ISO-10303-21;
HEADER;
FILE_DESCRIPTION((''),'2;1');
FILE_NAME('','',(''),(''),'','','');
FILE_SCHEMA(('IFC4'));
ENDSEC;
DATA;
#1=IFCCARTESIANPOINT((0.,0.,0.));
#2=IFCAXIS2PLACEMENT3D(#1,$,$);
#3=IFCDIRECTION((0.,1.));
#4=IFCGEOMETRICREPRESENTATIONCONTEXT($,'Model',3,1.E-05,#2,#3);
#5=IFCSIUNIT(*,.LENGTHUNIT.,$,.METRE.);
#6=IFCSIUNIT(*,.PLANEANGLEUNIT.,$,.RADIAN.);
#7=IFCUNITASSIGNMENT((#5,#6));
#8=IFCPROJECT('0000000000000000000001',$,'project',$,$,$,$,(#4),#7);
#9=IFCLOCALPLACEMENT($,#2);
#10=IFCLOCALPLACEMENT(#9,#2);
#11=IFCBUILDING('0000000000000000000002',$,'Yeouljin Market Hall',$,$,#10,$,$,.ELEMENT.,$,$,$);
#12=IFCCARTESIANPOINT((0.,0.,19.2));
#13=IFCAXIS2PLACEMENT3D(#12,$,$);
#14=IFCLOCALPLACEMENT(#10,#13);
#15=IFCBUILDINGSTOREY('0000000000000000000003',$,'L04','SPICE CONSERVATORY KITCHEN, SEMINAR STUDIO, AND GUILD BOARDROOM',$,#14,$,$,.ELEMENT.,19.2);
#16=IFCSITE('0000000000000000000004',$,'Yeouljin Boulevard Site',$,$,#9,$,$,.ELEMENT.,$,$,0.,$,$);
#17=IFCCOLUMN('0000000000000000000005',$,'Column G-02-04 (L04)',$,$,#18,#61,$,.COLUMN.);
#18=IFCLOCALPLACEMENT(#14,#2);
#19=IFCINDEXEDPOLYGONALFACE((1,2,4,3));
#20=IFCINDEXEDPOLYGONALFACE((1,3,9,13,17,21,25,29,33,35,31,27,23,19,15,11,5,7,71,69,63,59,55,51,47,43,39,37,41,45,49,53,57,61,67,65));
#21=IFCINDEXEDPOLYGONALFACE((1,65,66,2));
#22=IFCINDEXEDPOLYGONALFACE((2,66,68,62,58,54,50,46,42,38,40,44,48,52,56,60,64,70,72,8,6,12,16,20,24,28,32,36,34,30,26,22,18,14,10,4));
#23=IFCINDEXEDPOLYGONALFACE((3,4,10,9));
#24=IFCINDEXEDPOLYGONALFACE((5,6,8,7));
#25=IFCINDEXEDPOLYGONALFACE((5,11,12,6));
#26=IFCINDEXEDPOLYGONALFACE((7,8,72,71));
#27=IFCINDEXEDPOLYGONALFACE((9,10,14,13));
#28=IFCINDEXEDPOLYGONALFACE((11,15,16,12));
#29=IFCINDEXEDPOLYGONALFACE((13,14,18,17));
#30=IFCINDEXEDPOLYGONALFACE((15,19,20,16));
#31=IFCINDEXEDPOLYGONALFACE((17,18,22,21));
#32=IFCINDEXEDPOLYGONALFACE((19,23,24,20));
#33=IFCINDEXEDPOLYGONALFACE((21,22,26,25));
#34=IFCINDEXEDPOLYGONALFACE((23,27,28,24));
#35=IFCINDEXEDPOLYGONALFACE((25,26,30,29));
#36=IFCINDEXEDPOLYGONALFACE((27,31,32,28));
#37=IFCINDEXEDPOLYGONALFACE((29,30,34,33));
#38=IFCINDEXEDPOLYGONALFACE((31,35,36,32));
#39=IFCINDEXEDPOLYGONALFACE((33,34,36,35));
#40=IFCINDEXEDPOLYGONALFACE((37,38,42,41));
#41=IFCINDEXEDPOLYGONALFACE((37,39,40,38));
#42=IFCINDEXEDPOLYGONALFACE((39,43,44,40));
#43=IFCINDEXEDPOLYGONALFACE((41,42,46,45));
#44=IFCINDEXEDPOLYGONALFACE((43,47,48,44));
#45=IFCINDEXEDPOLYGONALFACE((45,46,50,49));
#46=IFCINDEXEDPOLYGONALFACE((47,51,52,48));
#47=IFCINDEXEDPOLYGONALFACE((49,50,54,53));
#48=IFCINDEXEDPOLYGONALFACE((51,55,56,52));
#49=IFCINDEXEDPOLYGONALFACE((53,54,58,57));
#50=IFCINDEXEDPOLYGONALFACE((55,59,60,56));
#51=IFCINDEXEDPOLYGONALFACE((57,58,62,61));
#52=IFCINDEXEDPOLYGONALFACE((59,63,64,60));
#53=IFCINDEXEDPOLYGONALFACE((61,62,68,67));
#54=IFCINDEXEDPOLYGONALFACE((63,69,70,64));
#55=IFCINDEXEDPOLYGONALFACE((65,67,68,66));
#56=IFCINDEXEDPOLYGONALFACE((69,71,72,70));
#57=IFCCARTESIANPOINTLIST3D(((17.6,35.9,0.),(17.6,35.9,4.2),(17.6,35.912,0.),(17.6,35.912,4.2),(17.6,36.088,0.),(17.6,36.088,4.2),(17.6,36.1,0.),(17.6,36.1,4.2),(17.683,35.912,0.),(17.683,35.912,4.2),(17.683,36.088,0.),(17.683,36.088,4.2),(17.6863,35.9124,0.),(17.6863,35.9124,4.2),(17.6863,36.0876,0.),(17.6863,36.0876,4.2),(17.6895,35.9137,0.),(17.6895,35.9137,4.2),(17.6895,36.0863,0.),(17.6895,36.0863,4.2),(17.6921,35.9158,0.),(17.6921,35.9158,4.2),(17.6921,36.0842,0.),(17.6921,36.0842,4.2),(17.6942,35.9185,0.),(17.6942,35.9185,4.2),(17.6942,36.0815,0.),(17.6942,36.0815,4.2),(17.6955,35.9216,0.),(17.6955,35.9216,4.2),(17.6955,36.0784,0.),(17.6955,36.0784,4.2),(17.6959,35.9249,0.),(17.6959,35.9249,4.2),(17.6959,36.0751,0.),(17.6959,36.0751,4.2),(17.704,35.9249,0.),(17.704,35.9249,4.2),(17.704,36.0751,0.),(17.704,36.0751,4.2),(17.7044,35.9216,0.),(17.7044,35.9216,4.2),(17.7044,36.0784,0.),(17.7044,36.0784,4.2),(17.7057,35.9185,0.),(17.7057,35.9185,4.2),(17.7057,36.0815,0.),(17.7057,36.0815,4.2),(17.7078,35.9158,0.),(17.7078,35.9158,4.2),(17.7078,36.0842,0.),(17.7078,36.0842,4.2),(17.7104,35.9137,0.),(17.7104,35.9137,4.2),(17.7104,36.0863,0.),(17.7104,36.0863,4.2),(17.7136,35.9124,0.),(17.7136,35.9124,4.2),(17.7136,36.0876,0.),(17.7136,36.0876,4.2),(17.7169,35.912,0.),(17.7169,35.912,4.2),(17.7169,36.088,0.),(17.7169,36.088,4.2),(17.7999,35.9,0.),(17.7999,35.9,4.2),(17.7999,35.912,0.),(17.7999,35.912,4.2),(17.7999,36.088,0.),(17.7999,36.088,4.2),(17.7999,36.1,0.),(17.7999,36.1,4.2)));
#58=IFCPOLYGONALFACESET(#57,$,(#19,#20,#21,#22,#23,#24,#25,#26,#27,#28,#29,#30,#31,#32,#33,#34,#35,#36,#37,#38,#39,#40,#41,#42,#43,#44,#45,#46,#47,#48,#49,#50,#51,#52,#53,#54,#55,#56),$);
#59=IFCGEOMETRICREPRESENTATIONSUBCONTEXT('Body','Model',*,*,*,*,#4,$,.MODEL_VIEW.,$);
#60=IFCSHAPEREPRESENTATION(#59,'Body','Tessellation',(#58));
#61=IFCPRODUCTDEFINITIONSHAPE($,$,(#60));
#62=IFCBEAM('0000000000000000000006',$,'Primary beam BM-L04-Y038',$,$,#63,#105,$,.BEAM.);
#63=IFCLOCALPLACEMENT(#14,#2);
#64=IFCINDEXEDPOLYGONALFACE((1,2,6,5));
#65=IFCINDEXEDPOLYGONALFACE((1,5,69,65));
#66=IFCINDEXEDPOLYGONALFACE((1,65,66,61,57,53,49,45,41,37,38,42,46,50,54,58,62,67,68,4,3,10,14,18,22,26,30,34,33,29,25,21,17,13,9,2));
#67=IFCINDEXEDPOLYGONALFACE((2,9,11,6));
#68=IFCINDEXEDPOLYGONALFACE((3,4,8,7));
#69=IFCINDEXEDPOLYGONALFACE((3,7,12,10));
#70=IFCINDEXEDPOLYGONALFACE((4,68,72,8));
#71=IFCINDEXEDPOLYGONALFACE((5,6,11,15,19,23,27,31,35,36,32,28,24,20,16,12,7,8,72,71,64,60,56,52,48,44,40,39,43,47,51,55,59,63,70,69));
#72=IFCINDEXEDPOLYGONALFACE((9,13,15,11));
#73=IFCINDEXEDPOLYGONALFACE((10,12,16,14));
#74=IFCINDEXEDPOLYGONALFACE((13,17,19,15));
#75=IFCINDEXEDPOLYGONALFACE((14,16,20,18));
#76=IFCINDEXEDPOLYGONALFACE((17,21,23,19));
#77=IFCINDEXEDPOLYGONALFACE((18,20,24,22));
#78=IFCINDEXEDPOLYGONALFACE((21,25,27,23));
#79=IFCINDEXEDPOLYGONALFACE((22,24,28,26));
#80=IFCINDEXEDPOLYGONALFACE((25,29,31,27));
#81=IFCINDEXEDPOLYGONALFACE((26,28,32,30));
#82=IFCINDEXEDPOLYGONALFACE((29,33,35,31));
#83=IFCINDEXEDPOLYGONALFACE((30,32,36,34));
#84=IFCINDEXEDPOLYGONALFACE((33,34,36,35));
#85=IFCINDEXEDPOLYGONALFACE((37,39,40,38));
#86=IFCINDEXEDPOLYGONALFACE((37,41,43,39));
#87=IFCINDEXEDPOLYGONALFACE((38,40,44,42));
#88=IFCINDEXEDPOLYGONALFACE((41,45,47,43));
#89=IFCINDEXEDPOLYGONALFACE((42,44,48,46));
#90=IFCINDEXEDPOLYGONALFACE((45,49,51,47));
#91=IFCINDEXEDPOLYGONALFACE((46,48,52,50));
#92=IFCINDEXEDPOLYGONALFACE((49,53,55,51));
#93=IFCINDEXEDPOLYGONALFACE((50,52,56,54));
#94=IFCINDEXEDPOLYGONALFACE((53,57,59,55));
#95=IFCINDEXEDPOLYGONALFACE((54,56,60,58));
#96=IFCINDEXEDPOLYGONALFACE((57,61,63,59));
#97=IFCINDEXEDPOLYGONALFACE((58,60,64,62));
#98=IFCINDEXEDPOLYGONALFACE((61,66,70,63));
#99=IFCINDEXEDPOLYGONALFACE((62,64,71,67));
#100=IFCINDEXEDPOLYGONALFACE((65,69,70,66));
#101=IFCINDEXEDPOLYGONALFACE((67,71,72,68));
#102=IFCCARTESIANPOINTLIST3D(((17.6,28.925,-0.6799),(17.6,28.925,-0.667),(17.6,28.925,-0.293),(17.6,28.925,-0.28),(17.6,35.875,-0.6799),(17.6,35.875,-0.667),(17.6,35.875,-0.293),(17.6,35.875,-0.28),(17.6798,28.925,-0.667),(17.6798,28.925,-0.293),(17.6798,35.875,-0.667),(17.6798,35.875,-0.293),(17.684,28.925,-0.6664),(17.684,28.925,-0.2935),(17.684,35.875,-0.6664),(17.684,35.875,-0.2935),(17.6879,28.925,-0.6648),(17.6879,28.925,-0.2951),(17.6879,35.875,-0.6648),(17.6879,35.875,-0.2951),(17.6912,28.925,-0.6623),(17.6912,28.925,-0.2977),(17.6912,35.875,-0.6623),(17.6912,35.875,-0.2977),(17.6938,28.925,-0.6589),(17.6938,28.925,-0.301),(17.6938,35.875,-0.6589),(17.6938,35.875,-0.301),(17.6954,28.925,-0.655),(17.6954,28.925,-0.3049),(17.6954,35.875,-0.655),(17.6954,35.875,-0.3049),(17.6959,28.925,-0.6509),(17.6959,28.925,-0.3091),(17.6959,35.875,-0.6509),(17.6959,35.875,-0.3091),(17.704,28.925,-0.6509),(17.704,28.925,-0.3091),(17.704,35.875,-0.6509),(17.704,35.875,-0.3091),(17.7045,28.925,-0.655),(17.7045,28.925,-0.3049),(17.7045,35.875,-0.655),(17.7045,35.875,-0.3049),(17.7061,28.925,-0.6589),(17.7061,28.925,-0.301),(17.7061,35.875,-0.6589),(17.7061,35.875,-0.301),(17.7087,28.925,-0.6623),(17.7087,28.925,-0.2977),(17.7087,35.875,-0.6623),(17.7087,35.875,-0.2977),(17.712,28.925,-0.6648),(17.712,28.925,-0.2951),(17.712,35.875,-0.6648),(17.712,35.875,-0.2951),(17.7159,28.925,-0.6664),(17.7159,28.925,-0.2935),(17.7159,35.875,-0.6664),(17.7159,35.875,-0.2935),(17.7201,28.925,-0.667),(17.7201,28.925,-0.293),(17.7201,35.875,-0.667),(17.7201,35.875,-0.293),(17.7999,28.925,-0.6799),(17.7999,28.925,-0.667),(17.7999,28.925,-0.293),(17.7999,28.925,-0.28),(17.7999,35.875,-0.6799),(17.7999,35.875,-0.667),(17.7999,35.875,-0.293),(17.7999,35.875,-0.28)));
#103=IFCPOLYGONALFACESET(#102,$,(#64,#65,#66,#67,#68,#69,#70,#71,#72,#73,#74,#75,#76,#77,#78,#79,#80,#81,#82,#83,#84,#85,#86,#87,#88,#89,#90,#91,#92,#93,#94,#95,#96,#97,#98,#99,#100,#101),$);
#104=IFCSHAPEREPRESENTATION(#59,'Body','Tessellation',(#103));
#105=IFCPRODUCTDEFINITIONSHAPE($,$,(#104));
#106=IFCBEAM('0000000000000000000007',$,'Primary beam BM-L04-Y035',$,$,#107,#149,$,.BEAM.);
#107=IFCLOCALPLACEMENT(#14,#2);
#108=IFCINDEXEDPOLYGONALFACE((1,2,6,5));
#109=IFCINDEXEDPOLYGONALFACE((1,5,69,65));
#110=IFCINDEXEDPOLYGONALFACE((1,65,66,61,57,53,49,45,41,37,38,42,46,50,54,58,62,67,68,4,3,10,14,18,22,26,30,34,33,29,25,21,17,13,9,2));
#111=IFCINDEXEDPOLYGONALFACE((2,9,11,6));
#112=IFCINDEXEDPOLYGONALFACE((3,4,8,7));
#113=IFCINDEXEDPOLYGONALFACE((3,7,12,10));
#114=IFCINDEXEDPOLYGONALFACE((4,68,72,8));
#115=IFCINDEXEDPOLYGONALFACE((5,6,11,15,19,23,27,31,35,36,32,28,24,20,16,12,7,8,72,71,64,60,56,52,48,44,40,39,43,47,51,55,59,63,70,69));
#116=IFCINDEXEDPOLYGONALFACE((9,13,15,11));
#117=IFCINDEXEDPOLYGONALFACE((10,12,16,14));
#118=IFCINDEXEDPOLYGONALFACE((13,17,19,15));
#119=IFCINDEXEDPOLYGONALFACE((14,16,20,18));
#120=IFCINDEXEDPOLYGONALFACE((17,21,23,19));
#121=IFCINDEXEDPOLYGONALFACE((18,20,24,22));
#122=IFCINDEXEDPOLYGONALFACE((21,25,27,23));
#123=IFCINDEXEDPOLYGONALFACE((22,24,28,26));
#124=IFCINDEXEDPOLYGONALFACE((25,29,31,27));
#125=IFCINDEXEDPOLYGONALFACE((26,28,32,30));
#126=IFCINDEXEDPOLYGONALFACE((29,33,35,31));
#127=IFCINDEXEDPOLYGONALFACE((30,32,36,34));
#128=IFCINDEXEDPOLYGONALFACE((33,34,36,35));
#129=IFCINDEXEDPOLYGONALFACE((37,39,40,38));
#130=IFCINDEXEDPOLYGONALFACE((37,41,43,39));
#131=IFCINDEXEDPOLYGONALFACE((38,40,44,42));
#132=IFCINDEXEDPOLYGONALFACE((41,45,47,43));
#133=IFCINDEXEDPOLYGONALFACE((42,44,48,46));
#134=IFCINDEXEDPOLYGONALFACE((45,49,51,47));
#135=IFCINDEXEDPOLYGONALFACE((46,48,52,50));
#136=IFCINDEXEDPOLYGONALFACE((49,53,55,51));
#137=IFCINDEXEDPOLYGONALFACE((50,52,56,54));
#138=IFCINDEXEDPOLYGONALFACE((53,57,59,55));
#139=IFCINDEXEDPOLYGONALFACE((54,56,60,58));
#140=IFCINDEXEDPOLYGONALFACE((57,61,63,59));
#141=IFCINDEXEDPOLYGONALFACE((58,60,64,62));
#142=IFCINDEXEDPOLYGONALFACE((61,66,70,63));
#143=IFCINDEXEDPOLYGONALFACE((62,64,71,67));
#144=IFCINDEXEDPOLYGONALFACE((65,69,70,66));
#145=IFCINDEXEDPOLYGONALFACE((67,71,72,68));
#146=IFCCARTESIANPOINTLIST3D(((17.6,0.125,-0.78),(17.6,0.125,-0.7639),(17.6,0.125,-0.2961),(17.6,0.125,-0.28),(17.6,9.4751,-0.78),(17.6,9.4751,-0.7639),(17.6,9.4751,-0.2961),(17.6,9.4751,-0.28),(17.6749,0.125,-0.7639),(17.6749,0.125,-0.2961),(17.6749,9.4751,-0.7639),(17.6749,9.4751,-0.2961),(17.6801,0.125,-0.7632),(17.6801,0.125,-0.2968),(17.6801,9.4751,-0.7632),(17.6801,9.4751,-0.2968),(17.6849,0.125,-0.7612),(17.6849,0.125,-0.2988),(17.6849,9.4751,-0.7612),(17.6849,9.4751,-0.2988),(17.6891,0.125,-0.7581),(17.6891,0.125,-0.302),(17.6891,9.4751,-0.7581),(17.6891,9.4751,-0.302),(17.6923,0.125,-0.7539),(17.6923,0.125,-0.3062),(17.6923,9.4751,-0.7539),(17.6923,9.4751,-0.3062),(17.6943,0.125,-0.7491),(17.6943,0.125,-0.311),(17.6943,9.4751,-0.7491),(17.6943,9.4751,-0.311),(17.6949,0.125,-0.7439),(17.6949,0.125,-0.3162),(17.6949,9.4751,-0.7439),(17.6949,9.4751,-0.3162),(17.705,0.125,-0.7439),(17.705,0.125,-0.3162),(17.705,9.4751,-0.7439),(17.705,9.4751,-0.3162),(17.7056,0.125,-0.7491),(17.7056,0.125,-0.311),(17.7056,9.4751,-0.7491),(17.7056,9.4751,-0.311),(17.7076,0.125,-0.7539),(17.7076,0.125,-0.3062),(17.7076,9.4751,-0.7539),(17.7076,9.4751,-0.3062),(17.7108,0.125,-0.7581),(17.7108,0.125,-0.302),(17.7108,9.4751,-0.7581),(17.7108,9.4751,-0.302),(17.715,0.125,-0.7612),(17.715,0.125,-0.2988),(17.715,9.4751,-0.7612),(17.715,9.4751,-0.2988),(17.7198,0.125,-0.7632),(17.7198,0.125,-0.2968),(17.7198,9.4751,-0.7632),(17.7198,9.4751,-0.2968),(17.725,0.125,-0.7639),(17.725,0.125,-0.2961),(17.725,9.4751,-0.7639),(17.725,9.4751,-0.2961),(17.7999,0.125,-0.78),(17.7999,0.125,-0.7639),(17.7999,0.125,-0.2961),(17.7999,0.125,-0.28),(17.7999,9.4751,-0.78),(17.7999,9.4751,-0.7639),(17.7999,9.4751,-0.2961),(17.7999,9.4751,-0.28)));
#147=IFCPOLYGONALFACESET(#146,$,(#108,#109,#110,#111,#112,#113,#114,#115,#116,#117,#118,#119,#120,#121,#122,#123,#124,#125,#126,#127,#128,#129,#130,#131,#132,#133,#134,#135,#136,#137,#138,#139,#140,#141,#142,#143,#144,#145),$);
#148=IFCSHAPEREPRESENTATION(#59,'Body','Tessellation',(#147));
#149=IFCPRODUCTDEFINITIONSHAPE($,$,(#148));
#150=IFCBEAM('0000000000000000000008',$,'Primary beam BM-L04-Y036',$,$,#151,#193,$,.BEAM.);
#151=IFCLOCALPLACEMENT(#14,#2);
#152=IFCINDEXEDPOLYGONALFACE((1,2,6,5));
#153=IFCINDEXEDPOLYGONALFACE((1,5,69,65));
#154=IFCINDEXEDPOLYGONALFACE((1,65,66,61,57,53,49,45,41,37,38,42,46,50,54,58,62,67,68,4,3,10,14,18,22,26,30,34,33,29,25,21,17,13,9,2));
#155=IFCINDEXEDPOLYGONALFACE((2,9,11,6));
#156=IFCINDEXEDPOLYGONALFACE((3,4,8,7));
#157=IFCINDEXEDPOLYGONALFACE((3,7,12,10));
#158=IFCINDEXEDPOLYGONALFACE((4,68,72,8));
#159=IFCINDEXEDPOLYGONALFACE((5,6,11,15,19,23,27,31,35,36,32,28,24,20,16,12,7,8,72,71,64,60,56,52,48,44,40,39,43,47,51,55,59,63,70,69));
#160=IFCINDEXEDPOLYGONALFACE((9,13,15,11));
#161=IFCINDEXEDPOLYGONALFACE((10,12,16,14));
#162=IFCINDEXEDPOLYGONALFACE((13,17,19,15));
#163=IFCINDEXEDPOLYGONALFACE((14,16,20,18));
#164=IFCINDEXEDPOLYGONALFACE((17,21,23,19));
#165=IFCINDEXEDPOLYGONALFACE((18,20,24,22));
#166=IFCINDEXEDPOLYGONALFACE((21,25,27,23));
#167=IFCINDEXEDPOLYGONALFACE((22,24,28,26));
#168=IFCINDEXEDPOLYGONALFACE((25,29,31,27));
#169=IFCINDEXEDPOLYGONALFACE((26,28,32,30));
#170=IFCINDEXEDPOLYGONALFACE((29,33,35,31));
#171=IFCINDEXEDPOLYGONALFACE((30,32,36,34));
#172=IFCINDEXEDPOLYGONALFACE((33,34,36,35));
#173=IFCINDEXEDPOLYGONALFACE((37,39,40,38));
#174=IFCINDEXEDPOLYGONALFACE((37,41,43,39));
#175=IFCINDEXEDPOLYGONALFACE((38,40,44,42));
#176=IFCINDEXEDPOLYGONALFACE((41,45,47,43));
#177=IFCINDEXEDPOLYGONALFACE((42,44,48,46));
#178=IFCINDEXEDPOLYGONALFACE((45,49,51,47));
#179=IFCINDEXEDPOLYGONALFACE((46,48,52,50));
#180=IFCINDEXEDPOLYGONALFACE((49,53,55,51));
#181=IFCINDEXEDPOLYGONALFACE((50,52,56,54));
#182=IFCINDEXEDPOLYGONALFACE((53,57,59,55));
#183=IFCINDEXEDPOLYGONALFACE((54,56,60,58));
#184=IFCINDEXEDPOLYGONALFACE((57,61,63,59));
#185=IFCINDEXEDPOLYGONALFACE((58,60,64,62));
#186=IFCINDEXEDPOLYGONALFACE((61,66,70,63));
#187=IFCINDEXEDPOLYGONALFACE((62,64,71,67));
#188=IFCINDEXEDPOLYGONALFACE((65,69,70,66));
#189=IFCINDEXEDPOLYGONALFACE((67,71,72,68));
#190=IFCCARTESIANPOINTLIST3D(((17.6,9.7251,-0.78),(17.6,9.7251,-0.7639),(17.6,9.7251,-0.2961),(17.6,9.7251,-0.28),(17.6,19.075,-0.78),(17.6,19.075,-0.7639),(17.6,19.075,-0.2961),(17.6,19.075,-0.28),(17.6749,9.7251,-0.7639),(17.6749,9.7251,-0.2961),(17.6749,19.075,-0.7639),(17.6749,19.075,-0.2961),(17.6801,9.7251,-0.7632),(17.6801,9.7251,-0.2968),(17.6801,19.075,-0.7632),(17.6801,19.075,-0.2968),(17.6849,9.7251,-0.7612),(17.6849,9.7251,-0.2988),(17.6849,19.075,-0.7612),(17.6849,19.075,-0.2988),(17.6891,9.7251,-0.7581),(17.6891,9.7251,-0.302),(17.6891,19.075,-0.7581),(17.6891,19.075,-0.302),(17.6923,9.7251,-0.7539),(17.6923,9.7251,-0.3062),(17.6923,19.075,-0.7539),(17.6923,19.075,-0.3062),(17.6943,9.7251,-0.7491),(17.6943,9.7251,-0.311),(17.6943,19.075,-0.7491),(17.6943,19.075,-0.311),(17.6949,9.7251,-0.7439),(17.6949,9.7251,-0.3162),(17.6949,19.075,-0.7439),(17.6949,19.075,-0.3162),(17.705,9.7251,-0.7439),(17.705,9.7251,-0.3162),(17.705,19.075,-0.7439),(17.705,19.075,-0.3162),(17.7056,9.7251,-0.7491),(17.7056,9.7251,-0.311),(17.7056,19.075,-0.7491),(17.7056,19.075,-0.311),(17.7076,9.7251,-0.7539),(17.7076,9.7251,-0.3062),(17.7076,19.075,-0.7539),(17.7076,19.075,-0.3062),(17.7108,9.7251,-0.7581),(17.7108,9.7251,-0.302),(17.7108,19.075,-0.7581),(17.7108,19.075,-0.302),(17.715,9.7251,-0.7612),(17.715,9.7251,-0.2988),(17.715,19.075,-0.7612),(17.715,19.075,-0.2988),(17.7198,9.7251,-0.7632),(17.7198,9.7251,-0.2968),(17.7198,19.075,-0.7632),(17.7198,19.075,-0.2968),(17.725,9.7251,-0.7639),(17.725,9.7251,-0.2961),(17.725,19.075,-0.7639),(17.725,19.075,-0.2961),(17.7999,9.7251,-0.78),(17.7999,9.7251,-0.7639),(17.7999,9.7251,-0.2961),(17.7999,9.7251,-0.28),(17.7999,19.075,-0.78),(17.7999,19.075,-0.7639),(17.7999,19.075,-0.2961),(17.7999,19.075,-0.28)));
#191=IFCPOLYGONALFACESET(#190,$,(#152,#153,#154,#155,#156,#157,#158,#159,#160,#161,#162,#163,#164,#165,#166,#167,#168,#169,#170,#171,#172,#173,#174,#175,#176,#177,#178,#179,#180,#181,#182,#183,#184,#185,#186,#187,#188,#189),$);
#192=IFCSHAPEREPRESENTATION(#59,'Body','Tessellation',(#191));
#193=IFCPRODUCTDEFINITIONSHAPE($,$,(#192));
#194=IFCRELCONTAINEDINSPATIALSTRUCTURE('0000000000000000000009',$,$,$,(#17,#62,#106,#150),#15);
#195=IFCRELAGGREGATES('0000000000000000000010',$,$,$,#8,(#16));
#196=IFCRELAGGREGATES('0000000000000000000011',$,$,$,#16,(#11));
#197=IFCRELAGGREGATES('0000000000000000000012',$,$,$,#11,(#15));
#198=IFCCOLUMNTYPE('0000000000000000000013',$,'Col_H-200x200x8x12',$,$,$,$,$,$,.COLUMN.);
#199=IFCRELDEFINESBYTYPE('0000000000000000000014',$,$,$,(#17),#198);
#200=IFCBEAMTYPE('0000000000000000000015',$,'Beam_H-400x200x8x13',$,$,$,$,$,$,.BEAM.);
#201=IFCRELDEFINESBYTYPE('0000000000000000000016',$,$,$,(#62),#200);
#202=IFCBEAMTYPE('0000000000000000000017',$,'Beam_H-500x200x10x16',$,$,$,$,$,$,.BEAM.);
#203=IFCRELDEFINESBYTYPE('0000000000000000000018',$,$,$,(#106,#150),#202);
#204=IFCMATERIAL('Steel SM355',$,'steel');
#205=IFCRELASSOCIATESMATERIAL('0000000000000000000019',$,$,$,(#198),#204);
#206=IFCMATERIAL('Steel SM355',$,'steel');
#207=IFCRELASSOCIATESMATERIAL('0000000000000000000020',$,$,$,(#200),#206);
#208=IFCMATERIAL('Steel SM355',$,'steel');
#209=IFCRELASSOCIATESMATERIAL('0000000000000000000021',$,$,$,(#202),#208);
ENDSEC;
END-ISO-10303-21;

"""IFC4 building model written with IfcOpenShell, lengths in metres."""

from ifc_helpers import new_model, si_unit, direction, frame, origin, origin_2d, place, context, subcontext, project, spatial, i_section, extrude, material, material_profile, profile_set, type_object, element, save


model = new_model("IFC4")

# Units and contexts
model_context = context("Model", 3, precision=1e-05, world=origin(), true_north=direction((0.0, 1.0)))
body_context = subcontext(model_context, "Body", "Model", "MODEL_VIEW")
ifc_project = project(units=[si_unit("LENGTHUNIT", "METRE"), si_unit("PLANEANGLEUNIT", "RADIAN")], contexts=[model_context])

# Site, building, storey
site_placement = place(None, origin())
site = spatial("IfcSite", under=ifc_project, at=site_placement, Name="Yeouljin Boulevard Site", CompositionType="ELEMENT", RefElevation=0.0)
building_placement = place(site_placement, origin())
building = spatial("IfcBuilding", under=site, at=building_placement, Name="Yeouljin Market Hall", CompositionType="ELEMENT")
storey_placement = place(building_placement, frame((0.0, 0.0, 19.2)))
storey = spatial("IfcBuildingStorey", under=building, at=storey_placement, Name="L04", Description="SPICE CONSERVATORY KITCHEN, SEMINAR STUDIO, AND GUILD BOARDROOM", CompositionType="ELEMENT", Elevation=19.2)

# Column
ifc_material_1 = material(Name="Steel SM355", Category="steel")
ifc_material_profile_1 = material_profile(ifc_material_1, i_section(OverallWidth=0.2, OverallDepth=0.2, WebThickness=0.0081, FlangeThickness=0.012, FilletRadius=0.0129, at=origin_2d()), Name="H-200x200x8x12")
ifc_profile_set_1 = profile_set([ifc_material_profile_1], Name="Steel SM355")
column_type = type_object("IfcColumnType", Name="Col_H-200x200x8x12", PredefinedType="COLUMN", material=ifc_profile_set_1)
for number, where, z_axis, x_axis, name in (
    (1, (17.7, 36.0, 0.0), (0.0, 0.0, 1.0), (1.0, 0.0, 0.0), "Column G-02-04 (L04)"),
):
    element("IfcColumn", number, at=place(storey_placement, frame(where, z_axis=z_axis, x_axis=x_axis)), inside=storey, type_object=column_type, Name=name, PredefinedType="COLUMN", context=body_context, shape_type="SweptSolid", body=[
        extrude(i_section(OverallWidth=0.2, OverallDepth=0.2, WebThickness=0.0081, FlangeThickness=0.012, FilletRadius=0.0129, at=origin_2d()), origin(), (0.0, 0.0, 1.0), 4.2),
    ])

# Beams
ifc_material_2 = material(Name="Steel SM355", Category="steel")
ifc_material_profile_2 = material_profile(ifc_material_2, i_section(OverallWidth=0.2, OverallDepth=0.3999, WebThickness=0.0081, FlangeThickness=0.0129, FilletRadius=0.0161, at=origin_2d()), Name="H-400x200x8x13")
ifc_profile_set_2 = profile_set([ifc_material_profile_2], Name="Steel SM355")
beam_type_1 = type_object("IfcBeamType", Name="Beam_H-400x200x8x13", PredefinedType="BEAM", material=ifc_profile_set_2)
beam_1_placement = place(storey_placement, frame((17.7, 28.925, -0.48), z_axis=(0.0, 1.0, 0.0), x_axis=(-1.0, 0.0, 0.0)))
element("IfcBeam", 2, at=beam_1_placement, inside=storey, type_object=beam_type_1, Name="Primary beam BM-L04-Y038", PredefinedType="BEAM", context=body_context, shape_type="SweptSolid", body=[
    extrude(i_section(OverallWidth=0.2, OverallDepth=0.3999, WebThickness=0.0081, FlangeThickness=0.0129, FilletRadius=0.0161, at=origin_2d()), origin(), (0.0, 0.0, 1.0), 6.95),
])
ifc_material_3 = material(Name="Steel SM355", Category="steel")
ifc_material_profile_3 = material_profile(ifc_material_3, i_section(OverallWidth=0.2, OverallDepth=0.5, WebThickness=0.01, FlangeThickness=0.0161, FilletRadius=0.02, at=origin_2d()), Name="H-500x200x10x16")
ifc_profile_set_3 = profile_set([ifc_material_profile_3], Name="Steel SM355")
beam_type_2 = type_object("IfcBeamType", Name="Beam_H-500x200x10x16", PredefinedType="BEAM", material=ifc_profile_set_3)
beam_2_placement = place(storey_placement, frame((17.7, 0.125, -0.53), z_axis=(0.0, 1.0, 0.0), x_axis=(-1.0, 0.0, 0.0)))
element("IfcBeam", 3, at=beam_2_placement, inside=storey, type_object=beam_type_2, Name="Primary beam BM-L04-Y035", PredefinedType="BEAM", context=body_context, shape_type="SweptSolid", body=[
    extrude(i_section(OverallWidth=0.2, OverallDepth=0.5, WebThickness=0.01, FlangeThickness=0.0161, FilletRadius=0.02, at=origin_2d()), origin(), (0.0, 0.0, 1.0), 9.3501),
])
beam_3_placement = place(storey_placement, frame((17.7, 9.7251, -0.53), z_axis=(0.0, 1.0, 0.0), x_axis=(-1.0, 0.0, 0.0)))
element("IfcBeam", 4, at=beam_3_placement, inside=storey, type_object=beam_type_2, Name="Primary beam BM-L04-Y036", PredefinedType="BEAM", context=body_context, shape_type="SweptSolid", body=[
    extrude(i_section(OverallWidth=0.2, OverallDepth=0.5, WebThickness=0.01, FlangeThickness=0.0161, FilletRadius=0.02, at=origin_2d()), origin(), (0.0, 0.0, 1.0), 9.3499),
])

save(model, "model.ifc")
